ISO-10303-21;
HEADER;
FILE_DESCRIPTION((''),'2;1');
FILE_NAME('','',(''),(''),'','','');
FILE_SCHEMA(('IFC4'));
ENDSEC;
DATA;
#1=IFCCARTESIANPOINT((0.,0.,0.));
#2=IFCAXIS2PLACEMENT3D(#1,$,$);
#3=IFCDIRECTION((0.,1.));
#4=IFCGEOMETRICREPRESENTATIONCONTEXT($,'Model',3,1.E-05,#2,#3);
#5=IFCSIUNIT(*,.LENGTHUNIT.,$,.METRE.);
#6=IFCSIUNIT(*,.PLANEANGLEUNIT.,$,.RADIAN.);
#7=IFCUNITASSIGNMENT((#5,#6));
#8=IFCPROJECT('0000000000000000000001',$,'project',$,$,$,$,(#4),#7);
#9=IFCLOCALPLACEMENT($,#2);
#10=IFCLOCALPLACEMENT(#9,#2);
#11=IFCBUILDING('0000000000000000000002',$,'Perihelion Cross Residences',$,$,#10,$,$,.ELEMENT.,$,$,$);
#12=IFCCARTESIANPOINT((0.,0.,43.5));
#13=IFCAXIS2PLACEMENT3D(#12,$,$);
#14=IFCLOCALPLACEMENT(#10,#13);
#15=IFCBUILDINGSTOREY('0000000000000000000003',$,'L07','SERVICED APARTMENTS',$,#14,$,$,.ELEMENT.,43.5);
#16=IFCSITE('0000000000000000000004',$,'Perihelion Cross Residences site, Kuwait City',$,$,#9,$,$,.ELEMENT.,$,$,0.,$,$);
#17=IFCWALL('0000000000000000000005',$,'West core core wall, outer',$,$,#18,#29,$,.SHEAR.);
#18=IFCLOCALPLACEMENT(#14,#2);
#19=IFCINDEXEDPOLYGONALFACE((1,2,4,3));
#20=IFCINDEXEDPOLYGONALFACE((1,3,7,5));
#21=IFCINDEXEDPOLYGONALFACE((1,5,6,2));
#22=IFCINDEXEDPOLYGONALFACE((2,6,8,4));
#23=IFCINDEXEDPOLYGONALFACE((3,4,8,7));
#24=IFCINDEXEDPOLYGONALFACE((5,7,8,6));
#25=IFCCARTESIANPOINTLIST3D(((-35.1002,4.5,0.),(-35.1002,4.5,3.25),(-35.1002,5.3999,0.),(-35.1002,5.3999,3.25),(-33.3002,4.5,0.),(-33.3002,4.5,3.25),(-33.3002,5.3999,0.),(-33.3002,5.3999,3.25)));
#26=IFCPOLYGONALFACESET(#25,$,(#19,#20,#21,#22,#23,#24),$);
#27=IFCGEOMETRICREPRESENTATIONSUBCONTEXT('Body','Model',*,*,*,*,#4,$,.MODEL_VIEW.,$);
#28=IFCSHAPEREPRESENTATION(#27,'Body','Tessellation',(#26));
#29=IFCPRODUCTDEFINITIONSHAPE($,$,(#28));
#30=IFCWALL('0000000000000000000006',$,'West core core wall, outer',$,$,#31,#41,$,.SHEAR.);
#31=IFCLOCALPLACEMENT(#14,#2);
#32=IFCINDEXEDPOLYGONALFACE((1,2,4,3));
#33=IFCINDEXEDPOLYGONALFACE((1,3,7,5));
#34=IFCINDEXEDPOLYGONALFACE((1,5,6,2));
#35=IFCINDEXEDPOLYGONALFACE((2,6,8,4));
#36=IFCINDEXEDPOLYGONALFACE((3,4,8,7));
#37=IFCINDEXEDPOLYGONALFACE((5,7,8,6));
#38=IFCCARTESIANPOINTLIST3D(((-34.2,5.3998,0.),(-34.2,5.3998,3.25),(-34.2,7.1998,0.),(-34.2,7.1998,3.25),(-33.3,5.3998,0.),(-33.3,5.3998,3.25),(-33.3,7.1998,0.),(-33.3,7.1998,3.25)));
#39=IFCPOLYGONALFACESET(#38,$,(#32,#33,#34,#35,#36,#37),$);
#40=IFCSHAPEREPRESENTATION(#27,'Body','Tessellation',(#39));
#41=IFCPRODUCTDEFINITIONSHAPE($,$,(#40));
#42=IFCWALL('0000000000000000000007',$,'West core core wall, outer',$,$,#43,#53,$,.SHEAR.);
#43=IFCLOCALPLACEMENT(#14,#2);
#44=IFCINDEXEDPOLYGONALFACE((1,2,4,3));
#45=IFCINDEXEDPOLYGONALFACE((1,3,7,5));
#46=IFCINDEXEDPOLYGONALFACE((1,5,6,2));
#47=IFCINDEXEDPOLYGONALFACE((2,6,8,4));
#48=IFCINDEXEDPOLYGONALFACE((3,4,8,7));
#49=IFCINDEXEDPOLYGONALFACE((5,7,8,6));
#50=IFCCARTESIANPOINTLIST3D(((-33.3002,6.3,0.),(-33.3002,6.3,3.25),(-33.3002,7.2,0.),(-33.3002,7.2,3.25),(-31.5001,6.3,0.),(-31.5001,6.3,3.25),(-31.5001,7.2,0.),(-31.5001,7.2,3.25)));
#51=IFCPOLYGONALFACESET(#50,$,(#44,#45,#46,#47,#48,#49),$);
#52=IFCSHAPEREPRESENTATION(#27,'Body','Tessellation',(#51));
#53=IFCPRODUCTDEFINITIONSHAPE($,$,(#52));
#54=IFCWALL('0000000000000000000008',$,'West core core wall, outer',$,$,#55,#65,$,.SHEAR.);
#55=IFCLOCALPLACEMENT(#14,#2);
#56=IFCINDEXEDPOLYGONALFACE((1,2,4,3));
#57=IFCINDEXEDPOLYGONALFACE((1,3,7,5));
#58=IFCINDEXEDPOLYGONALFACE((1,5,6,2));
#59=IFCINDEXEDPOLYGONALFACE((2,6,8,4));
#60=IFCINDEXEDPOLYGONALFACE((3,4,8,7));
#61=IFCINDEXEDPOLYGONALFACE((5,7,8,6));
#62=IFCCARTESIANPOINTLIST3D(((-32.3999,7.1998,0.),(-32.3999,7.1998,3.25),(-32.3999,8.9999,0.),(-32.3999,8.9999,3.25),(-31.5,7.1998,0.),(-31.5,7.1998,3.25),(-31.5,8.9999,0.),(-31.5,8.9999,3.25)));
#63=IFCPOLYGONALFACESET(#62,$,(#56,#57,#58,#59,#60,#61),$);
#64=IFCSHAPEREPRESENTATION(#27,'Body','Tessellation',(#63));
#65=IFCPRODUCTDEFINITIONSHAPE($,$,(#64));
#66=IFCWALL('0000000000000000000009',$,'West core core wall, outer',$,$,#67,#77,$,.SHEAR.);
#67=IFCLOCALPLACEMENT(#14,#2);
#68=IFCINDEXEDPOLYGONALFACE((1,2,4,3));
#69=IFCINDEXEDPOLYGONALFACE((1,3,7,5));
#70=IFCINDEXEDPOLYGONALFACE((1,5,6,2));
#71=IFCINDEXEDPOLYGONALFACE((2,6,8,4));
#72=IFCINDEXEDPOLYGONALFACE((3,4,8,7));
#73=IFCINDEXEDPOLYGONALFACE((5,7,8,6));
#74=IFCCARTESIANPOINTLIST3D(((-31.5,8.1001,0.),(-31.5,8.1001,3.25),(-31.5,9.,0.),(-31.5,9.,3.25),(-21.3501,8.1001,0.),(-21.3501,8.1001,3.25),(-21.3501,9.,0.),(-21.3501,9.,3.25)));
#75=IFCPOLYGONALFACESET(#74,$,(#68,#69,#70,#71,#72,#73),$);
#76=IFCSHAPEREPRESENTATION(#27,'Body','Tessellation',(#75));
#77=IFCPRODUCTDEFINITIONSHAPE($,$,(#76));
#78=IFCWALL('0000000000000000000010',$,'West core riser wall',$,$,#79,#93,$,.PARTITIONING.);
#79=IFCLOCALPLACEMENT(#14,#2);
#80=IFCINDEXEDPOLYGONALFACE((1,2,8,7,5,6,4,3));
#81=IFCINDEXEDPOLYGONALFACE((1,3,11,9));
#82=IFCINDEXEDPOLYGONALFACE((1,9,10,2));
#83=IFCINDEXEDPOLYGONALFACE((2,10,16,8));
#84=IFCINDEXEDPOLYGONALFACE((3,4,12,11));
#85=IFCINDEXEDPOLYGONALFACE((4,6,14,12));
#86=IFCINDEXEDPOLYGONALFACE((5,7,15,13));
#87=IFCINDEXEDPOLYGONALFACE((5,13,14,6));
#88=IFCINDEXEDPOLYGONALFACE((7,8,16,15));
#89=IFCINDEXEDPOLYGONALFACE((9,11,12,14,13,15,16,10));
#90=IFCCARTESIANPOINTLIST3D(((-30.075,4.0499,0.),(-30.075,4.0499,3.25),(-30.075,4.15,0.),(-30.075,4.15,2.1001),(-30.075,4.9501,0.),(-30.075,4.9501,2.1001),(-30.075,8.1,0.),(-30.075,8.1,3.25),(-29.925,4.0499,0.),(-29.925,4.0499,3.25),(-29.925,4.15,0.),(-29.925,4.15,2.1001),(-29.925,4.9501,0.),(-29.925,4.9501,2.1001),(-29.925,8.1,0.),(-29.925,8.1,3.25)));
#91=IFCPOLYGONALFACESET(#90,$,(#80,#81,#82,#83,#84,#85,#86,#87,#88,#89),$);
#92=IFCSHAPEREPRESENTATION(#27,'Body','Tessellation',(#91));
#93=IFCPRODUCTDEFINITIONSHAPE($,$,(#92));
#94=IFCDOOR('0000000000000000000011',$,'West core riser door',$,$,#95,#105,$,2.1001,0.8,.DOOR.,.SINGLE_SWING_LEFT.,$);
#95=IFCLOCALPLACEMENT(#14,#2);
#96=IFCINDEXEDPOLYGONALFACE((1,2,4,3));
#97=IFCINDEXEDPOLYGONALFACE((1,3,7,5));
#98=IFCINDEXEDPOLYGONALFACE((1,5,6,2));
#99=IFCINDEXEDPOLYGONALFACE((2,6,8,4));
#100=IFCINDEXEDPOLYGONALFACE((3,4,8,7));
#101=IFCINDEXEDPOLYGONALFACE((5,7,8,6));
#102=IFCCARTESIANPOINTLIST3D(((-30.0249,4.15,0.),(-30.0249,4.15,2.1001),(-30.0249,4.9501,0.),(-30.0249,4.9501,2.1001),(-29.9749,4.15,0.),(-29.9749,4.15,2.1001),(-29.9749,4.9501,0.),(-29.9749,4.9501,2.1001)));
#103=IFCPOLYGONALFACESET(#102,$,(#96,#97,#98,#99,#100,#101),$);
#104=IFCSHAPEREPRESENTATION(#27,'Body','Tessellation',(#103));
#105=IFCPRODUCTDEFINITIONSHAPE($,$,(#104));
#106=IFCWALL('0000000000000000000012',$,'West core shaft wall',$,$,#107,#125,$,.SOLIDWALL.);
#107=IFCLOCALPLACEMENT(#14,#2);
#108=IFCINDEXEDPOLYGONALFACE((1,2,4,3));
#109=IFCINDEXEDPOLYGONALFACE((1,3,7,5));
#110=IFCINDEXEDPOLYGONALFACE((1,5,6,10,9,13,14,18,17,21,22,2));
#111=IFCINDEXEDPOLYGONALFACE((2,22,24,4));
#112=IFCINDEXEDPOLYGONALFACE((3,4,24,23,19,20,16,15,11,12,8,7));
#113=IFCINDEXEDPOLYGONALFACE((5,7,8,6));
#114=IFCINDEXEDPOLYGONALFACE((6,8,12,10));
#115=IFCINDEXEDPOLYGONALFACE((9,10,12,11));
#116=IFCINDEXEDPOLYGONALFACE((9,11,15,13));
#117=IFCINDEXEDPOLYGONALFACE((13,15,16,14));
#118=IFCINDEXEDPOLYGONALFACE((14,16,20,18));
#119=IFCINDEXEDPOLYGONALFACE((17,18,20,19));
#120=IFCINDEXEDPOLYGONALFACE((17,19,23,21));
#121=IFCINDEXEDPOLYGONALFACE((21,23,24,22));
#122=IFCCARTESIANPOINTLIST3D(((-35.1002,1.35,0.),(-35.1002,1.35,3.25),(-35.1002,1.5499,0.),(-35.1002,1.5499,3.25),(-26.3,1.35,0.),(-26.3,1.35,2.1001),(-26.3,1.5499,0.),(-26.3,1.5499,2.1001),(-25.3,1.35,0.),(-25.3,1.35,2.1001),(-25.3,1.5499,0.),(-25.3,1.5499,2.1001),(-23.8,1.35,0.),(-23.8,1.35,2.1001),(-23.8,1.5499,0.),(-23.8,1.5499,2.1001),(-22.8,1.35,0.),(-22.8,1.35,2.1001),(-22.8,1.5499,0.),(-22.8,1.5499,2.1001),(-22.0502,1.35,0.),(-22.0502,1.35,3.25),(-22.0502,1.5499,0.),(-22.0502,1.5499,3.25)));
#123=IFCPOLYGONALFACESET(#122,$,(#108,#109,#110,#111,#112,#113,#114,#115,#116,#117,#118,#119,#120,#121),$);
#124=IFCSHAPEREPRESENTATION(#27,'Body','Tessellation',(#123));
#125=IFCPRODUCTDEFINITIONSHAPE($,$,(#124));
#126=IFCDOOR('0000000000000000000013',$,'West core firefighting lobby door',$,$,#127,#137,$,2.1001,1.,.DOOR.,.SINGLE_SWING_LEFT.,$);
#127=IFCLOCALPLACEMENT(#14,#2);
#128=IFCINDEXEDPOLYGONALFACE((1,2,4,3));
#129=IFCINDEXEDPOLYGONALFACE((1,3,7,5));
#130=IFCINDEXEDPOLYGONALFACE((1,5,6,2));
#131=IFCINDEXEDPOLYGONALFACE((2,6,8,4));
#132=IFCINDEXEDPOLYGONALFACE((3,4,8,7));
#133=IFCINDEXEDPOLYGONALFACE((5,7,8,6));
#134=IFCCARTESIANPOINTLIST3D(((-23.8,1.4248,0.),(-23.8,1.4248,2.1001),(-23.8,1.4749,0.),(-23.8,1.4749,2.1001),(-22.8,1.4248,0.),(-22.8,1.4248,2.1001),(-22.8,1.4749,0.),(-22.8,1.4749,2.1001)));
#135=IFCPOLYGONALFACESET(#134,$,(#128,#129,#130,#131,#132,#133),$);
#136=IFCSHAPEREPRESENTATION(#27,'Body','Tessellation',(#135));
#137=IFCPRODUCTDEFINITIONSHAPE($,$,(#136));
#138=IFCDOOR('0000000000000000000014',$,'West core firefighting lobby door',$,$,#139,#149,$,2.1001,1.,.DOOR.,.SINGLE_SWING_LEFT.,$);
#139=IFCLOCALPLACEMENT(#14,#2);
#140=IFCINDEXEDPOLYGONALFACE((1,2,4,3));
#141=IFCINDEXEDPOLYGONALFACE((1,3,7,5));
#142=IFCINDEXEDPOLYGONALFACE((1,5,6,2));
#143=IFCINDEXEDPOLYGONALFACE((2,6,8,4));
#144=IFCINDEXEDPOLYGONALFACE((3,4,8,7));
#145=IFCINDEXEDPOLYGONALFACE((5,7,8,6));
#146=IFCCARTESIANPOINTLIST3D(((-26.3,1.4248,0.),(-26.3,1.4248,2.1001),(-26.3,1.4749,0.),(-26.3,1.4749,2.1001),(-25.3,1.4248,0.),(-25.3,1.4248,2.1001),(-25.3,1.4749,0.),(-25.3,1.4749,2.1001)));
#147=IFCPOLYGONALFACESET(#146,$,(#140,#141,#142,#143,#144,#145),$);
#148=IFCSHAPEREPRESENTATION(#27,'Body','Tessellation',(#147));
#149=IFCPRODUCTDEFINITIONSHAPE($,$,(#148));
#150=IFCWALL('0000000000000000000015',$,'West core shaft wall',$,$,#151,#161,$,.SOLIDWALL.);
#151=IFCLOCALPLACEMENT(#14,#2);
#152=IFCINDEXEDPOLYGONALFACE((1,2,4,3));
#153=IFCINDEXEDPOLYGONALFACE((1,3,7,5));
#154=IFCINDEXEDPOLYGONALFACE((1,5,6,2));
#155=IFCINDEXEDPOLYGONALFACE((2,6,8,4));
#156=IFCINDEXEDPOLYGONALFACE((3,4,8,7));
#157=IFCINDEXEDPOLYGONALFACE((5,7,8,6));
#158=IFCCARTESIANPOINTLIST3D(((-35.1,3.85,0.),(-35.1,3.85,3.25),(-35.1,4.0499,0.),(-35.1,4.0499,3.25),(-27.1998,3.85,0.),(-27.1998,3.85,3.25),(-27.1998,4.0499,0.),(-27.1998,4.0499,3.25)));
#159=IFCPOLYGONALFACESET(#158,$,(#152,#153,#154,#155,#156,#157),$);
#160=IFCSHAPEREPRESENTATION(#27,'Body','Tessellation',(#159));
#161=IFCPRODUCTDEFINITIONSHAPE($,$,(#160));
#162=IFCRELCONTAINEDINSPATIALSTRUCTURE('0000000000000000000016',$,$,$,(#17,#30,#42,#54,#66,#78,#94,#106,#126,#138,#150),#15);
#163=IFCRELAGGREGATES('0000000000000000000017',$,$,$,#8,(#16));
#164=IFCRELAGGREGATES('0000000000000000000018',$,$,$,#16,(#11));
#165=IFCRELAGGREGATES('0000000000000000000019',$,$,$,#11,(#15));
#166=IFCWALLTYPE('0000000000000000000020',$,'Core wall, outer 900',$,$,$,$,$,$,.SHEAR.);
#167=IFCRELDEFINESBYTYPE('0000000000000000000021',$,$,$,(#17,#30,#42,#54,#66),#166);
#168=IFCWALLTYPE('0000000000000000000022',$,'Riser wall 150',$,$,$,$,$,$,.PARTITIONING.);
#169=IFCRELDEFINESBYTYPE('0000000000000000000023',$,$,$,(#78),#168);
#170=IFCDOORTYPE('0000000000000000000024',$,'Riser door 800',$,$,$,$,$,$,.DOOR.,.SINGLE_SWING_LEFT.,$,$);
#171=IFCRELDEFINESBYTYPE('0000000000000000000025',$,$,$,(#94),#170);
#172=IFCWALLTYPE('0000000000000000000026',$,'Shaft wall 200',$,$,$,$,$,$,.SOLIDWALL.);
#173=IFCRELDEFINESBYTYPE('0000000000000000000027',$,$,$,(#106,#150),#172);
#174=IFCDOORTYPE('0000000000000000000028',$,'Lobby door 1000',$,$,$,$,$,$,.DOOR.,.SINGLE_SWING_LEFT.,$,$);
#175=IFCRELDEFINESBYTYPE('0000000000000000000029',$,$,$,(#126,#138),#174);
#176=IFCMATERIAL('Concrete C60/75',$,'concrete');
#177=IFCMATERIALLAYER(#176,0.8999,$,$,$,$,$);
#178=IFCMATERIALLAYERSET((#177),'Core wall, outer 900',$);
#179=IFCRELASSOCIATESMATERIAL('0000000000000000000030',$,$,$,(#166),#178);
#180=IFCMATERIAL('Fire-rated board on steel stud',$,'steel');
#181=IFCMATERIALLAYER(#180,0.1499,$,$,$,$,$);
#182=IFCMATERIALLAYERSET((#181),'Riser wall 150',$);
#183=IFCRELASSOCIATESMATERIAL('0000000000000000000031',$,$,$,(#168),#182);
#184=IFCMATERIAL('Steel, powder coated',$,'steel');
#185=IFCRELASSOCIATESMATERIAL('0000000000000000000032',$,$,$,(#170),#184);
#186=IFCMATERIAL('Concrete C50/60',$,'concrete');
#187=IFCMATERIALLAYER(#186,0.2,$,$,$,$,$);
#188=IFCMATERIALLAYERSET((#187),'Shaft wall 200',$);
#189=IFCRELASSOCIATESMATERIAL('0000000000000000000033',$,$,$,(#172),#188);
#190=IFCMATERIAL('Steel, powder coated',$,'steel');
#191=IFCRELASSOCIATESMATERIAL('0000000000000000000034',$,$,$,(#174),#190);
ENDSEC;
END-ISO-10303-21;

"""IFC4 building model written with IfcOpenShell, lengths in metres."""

from ifc_helpers import new_model, si_unit, direction, frame, frame_2d, origin, place, context, subcontext, project, spatial, rectangle, extrude, material, layer, layer_set, type_object, element, fill, save


model = new_model("IFC4")

# Units and contexts
model_context = context("Model", 3, precision=1e-05, world=origin(), true_north=direction((0.0, 1.0)))
body_context = subcontext(model_context, "Body", "Model", "MODEL_VIEW")
ifc_project = project(units=[si_unit("LENGTHUNIT", "METRE"), si_unit("PLANEANGLEUNIT", "RADIAN")], contexts=[model_context])

# Site, building, storey
site_placement = place(None, origin())
site = spatial("IfcSite", under=ifc_project, at=site_placement, Name="Perihelion Cross Residences site, Kuwait City", CompositionType="ELEMENT", RefElevation=0.0)
building_placement = place(site_placement, origin())
building = spatial("IfcBuilding", under=site, at=building_placement, Name="Perihelion Cross Residences", CompositionType="ELEMENT")
storey_placement = place(building_placement, frame((0.0, 0.0, 43.5)))
storey = spatial("IfcBuildingStorey", under=building, at=storey_placement, Name="L07", Description="SERVICED APARTMENTS", CompositionType="ELEMENT", Elevation=43.5)

# Walls
ifc_material_1 = material(Name="Concrete C60/75", Category="concrete")
ifc_layer_1 = layer(ifc_material_1, 0.8999)
ifc_layer_set_1 = layer_set([ifc_layer_1], Name="Core wall, outer 900")
wall_type_1 = type_object("IfcWallType", Name="Core wall, outer 900", PredefinedType="SHEAR", material=ifc_layer_set_1)
for number, where, z_axis, x_axis, name in (
    (1, (-35.1001, 4.95, 0.0), (0.0, 0.0, 1.0), (1.0, 0.0, 0.0), "West core core wall, outer"),
    (2, (-33.75, 5.3999, 0.0), (0.0, 0.0, 1.0), (0.0, 1.0, 0.0), "West core core wall, outer"),
    (3, (-33.3, 6.75, 0.0), (0.0, 0.0, 1.0), (1.0, 0.0, 0.0), "West core core wall, outer"),
    (4, (-31.95, 7.2, 0.0), (0.0, 0.0, 1.0), (0.0, 1.0, 0.0), "West core core wall, outer"),
):
    element("IfcWall", number, at=place(storey_placement, frame(where, z_axis=z_axis, x_axis=x_axis)), inside=storey, type_object=wall_type_1, Name=name, PredefinedType="SHEAR", context=body_context, shape_type="SweptSolid", body=[
        extrude(rectangle(XDim=1.8, YDim=0.8999, at=frame_2d((0.8999, 0.0))), origin(), (0.0, 0.0, 1.0), 3.25),
    ])
wall_1_placement = place(storey_placement, frame((-31.5, 8.55, 0.0), z_axis=(0.0, 0.0, 1.0), x_axis=(1.0, 0.0, 0.0)))
element("IfcWall", 5, at=wall_1_placement, inside=storey, type_object=wall_type_1, Name="West core core wall, outer", PredefinedType="SHEAR", context=body_context, shape_type="SweptSolid", body=[
    extrude(rectangle(XDim=10.1499, YDim=0.8999, at=frame_2d((5.075, 0.0))), origin(), (0.0, 0.0, 1.0), 3.25),
])

# Wall, opening, door
ifc_material_2 = material(Name="Fire-rated board on steel stud", Category="steel")
ifc_layer_2 = layer(ifc_material_2, 0.1499)
ifc_layer_set_2 = layer_set([ifc_layer_2], Name="Riser wall 150")
wall_type_2 = type_object("IfcWallType", Name="Riser wall 150", PredefinedType="PARTITIONING", material=ifc_layer_set_2)
wall_2_placement = place(storey_placement, frame((-30.0, 4.05, 0.0), z_axis=(0.0, 0.0, 1.0), x_axis=(0.0, 1.0, 0.0)))
wall_2 = element("IfcWall", 6, at=wall_2_placement, inside=storey, type_object=wall_type_2, Name="West core riser wall", PredefinedType="PARTITIONING", context=body_context, shape_type="SweptSolid", body=[
    extrude(rectangle(XDim=4.05, YDim=0.1499, at=frame_2d((2.0249, 0.0))), origin(), (0.0, 0.0, 1.0), 3.25),
])
opening_1_placement = place(wall_2_placement, frame((0.1001, 0.0, 0.0)))
opening_1 = element("IfcOpeningElement", 7, at=opening_1_placement, cuts=wall_2, PredefinedType="OPENING", context=body_context, shape_type="SweptSolid", body=[
    extrude(rectangle(XDim=0.8, YDim=2.1001, at=frame_2d((0.3999, 1.05))), frame((0.0, 0.085, 0.0), z_axis=(0.0, -1.0, 0.0), x_axis=(1.0, 0.0, 0.0)), (0.0, 0.0, 1.0), 0.1699),
])
ifc_material_3 = material(Name="Steel, powder coated", Category="steel")
door_type_1 = type_object("IfcDoorType", Name="Riser door 800", OperationType="SINGLE_SWING_LEFT", PredefinedType="DOOR", material=ifc_material_3)
door_1_placement = place(opening_1_placement, origin())
door_1 = element("IfcDoor", 8, at=door_1_placement, inside=storey, type_object=door_type_1, Name="West core riser door", OperationType="SINGLE_SWING_LEFT", OverallHeight=2.1001, OverallWidth=0.8, PredefinedType="DOOR", context=body_context, shape_type="SweptSolid", body=[
    extrude(rectangle(XDim=0.8, YDim=2.1001, at=frame_2d((0.3999, 1.05))), frame((0.0, 0.0249, 0.0), z_axis=(0.0, -1.0, 0.0), x_axis=(1.0, 0.0, 0.0)), (0.0, 0.0, 1.0), 0.05),
])
fill(opening_1, door_1)

# Wall, openings, doors
ifc_material_4 = material(Name="Concrete C50/60", Category="concrete")
ifc_layer_3 = layer(ifc_material_4, 0.2)
ifc_layer_set_3 = layer_set([ifc_layer_3], Name="Shaft wall 200")
wall_type_3 = type_object("IfcWallType", Name="Shaft wall 200", PredefinedType="SOLIDWALL", material=ifc_layer_set_3)
wall_3_placement = place(storey_placement, frame((-35.1001, 1.45, 0.0), z_axis=(0.0, 0.0, 1.0), x_axis=(1.0, 0.0, 0.0)))
wall_3 = element("IfcWall", 9, at=wall_3_placement, inside=storey, type_object=wall_type_3, Name="West core shaft wall", PredefinedType="SOLIDWALL", context=body_context, shape_type="SweptSolid", body=[
    extrude(rectangle(XDim=13.05, YDim=0.2, at=frame_2d((6.5249, 0.0))), origin(), (0.0, 0.0, 1.0), 3.25),
])
opening_2_placement = place(wall_3_placement, frame((11.3, 0.0, 0.0)))
opening_2 = element("IfcOpeningElement", 10, at=opening_2_placement, cuts=wall_3, PredefinedType="OPENING", context=body_context, shape_type="SweptSolid", body=[
    extrude(rectangle(XDim=1.0, YDim=2.1001, at=frame_2d((0.5, 1.05))), frame((0.0, 0.1099, 0.0), z_axis=(0.0, -1.0, 0.0), x_axis=(1.0, 0.0, 0.0)), (0.0, 0.0, 1.0), 0.22),
])
opening_3_placement = place(wall_3_placement, frame((8.8, 0.0, 0.0)))
opening_3 = element("IfcOpeningElement", 11, at=opening_3_placement, cuts=wall_3, PredefinedType="OPENING", context=body_context, shape_type="SweptSolid", body=[
    extrude(rectangle(XDim=1.0, YDim=2.1001, at=frame_2d((0.5, 1.05))), frame((0.0, 0.1099, 0.0), z_axis=(0.0, -1.0, 0.0), x_axis=(1.0, 0.0, 0.0)), (0.0, 0.0, 1.0), 0.22),
])
ifc_material_5 = material(Name="Steel, powder coated", Category="steel")
door_type_2 = type_object("IfcDoorType", Name="Lobby door 1000", OperationType="SINGLE_SWING_LEFT", PredefinedType="DOOR", material=ifc_material_5)
door_2_placement = place(opening_2_placement, origin())
door_2 = element("IfcDoor", 12, at=door_2_placement, inside=storey, type_object=door_type_2, Name="West core firefighting lobby door", OperationType="SINGLE_SWING_LEFT", OverallHeight=2.1001, OverallWidth=1.0, PredefinedType="DOOR", context=body_context, shape_type="SweptSolid", body=[
    extrude(rectangle(XDim=1.0, YDim=2.1001, at=frame_2d((0.5, 1.05))), frame((0.0, 0.0249, 0.0), z_axis=(0.0, -1.0, 0.0), x_axis=(1.0, 0.0, 0.0)), (0.0, 0.0, 1.0), 0.05),
])
fill(opening_2, door_2)
door_3_placement = place(opening_3_placement, origin())
door_3 = element("IfcDoor", 13, at=door_3_placement, inside=storey, type_object=door_type_2, Name="West core firefighting lobby door", OperationType="SINGLE_SWING_LEFT", OverallHeight=2.1001, OverallWidth=1.0, PredefinedType="DOOR", context=body_context, shape_type="SweptSolid", body=[
    extrude(rectangle(XDim=1.0, YDim=2.1001, at=frame_2d((0.5, 1.05))), frame((0.0, 0.0249, 0.0), z_axis=(0.0, -1.0, 0.0), x_axis=(1.0, 0.0, 0.0)), (0.0, 0.0, 1.0), 0.05),
])
fill(opening_3, door_3)

# Wall
wall_4_placement = place(storey_placement, frame((-35.1001, 3.95, 0.0), z_axis=(0.0, 0.0, 1.0), x_axis=(1.0, 0.0, 0.0)))
element("IfcWall", 14, at=wall_4_placement, inside=storey, type_object=wall_type_3, Name="West core shaft wall", PredefinedType="SOLIDWALL", context=body_context, shape_type="SweptSolid", body=[
    extrude(rectangle(XDim=7.9001, YDim=0.2, at=frame_2d((3.9502, 0.0))), origin(), (0.0, 0.0, 1.0), 3.25),
])

save(model, "model.ifc")
